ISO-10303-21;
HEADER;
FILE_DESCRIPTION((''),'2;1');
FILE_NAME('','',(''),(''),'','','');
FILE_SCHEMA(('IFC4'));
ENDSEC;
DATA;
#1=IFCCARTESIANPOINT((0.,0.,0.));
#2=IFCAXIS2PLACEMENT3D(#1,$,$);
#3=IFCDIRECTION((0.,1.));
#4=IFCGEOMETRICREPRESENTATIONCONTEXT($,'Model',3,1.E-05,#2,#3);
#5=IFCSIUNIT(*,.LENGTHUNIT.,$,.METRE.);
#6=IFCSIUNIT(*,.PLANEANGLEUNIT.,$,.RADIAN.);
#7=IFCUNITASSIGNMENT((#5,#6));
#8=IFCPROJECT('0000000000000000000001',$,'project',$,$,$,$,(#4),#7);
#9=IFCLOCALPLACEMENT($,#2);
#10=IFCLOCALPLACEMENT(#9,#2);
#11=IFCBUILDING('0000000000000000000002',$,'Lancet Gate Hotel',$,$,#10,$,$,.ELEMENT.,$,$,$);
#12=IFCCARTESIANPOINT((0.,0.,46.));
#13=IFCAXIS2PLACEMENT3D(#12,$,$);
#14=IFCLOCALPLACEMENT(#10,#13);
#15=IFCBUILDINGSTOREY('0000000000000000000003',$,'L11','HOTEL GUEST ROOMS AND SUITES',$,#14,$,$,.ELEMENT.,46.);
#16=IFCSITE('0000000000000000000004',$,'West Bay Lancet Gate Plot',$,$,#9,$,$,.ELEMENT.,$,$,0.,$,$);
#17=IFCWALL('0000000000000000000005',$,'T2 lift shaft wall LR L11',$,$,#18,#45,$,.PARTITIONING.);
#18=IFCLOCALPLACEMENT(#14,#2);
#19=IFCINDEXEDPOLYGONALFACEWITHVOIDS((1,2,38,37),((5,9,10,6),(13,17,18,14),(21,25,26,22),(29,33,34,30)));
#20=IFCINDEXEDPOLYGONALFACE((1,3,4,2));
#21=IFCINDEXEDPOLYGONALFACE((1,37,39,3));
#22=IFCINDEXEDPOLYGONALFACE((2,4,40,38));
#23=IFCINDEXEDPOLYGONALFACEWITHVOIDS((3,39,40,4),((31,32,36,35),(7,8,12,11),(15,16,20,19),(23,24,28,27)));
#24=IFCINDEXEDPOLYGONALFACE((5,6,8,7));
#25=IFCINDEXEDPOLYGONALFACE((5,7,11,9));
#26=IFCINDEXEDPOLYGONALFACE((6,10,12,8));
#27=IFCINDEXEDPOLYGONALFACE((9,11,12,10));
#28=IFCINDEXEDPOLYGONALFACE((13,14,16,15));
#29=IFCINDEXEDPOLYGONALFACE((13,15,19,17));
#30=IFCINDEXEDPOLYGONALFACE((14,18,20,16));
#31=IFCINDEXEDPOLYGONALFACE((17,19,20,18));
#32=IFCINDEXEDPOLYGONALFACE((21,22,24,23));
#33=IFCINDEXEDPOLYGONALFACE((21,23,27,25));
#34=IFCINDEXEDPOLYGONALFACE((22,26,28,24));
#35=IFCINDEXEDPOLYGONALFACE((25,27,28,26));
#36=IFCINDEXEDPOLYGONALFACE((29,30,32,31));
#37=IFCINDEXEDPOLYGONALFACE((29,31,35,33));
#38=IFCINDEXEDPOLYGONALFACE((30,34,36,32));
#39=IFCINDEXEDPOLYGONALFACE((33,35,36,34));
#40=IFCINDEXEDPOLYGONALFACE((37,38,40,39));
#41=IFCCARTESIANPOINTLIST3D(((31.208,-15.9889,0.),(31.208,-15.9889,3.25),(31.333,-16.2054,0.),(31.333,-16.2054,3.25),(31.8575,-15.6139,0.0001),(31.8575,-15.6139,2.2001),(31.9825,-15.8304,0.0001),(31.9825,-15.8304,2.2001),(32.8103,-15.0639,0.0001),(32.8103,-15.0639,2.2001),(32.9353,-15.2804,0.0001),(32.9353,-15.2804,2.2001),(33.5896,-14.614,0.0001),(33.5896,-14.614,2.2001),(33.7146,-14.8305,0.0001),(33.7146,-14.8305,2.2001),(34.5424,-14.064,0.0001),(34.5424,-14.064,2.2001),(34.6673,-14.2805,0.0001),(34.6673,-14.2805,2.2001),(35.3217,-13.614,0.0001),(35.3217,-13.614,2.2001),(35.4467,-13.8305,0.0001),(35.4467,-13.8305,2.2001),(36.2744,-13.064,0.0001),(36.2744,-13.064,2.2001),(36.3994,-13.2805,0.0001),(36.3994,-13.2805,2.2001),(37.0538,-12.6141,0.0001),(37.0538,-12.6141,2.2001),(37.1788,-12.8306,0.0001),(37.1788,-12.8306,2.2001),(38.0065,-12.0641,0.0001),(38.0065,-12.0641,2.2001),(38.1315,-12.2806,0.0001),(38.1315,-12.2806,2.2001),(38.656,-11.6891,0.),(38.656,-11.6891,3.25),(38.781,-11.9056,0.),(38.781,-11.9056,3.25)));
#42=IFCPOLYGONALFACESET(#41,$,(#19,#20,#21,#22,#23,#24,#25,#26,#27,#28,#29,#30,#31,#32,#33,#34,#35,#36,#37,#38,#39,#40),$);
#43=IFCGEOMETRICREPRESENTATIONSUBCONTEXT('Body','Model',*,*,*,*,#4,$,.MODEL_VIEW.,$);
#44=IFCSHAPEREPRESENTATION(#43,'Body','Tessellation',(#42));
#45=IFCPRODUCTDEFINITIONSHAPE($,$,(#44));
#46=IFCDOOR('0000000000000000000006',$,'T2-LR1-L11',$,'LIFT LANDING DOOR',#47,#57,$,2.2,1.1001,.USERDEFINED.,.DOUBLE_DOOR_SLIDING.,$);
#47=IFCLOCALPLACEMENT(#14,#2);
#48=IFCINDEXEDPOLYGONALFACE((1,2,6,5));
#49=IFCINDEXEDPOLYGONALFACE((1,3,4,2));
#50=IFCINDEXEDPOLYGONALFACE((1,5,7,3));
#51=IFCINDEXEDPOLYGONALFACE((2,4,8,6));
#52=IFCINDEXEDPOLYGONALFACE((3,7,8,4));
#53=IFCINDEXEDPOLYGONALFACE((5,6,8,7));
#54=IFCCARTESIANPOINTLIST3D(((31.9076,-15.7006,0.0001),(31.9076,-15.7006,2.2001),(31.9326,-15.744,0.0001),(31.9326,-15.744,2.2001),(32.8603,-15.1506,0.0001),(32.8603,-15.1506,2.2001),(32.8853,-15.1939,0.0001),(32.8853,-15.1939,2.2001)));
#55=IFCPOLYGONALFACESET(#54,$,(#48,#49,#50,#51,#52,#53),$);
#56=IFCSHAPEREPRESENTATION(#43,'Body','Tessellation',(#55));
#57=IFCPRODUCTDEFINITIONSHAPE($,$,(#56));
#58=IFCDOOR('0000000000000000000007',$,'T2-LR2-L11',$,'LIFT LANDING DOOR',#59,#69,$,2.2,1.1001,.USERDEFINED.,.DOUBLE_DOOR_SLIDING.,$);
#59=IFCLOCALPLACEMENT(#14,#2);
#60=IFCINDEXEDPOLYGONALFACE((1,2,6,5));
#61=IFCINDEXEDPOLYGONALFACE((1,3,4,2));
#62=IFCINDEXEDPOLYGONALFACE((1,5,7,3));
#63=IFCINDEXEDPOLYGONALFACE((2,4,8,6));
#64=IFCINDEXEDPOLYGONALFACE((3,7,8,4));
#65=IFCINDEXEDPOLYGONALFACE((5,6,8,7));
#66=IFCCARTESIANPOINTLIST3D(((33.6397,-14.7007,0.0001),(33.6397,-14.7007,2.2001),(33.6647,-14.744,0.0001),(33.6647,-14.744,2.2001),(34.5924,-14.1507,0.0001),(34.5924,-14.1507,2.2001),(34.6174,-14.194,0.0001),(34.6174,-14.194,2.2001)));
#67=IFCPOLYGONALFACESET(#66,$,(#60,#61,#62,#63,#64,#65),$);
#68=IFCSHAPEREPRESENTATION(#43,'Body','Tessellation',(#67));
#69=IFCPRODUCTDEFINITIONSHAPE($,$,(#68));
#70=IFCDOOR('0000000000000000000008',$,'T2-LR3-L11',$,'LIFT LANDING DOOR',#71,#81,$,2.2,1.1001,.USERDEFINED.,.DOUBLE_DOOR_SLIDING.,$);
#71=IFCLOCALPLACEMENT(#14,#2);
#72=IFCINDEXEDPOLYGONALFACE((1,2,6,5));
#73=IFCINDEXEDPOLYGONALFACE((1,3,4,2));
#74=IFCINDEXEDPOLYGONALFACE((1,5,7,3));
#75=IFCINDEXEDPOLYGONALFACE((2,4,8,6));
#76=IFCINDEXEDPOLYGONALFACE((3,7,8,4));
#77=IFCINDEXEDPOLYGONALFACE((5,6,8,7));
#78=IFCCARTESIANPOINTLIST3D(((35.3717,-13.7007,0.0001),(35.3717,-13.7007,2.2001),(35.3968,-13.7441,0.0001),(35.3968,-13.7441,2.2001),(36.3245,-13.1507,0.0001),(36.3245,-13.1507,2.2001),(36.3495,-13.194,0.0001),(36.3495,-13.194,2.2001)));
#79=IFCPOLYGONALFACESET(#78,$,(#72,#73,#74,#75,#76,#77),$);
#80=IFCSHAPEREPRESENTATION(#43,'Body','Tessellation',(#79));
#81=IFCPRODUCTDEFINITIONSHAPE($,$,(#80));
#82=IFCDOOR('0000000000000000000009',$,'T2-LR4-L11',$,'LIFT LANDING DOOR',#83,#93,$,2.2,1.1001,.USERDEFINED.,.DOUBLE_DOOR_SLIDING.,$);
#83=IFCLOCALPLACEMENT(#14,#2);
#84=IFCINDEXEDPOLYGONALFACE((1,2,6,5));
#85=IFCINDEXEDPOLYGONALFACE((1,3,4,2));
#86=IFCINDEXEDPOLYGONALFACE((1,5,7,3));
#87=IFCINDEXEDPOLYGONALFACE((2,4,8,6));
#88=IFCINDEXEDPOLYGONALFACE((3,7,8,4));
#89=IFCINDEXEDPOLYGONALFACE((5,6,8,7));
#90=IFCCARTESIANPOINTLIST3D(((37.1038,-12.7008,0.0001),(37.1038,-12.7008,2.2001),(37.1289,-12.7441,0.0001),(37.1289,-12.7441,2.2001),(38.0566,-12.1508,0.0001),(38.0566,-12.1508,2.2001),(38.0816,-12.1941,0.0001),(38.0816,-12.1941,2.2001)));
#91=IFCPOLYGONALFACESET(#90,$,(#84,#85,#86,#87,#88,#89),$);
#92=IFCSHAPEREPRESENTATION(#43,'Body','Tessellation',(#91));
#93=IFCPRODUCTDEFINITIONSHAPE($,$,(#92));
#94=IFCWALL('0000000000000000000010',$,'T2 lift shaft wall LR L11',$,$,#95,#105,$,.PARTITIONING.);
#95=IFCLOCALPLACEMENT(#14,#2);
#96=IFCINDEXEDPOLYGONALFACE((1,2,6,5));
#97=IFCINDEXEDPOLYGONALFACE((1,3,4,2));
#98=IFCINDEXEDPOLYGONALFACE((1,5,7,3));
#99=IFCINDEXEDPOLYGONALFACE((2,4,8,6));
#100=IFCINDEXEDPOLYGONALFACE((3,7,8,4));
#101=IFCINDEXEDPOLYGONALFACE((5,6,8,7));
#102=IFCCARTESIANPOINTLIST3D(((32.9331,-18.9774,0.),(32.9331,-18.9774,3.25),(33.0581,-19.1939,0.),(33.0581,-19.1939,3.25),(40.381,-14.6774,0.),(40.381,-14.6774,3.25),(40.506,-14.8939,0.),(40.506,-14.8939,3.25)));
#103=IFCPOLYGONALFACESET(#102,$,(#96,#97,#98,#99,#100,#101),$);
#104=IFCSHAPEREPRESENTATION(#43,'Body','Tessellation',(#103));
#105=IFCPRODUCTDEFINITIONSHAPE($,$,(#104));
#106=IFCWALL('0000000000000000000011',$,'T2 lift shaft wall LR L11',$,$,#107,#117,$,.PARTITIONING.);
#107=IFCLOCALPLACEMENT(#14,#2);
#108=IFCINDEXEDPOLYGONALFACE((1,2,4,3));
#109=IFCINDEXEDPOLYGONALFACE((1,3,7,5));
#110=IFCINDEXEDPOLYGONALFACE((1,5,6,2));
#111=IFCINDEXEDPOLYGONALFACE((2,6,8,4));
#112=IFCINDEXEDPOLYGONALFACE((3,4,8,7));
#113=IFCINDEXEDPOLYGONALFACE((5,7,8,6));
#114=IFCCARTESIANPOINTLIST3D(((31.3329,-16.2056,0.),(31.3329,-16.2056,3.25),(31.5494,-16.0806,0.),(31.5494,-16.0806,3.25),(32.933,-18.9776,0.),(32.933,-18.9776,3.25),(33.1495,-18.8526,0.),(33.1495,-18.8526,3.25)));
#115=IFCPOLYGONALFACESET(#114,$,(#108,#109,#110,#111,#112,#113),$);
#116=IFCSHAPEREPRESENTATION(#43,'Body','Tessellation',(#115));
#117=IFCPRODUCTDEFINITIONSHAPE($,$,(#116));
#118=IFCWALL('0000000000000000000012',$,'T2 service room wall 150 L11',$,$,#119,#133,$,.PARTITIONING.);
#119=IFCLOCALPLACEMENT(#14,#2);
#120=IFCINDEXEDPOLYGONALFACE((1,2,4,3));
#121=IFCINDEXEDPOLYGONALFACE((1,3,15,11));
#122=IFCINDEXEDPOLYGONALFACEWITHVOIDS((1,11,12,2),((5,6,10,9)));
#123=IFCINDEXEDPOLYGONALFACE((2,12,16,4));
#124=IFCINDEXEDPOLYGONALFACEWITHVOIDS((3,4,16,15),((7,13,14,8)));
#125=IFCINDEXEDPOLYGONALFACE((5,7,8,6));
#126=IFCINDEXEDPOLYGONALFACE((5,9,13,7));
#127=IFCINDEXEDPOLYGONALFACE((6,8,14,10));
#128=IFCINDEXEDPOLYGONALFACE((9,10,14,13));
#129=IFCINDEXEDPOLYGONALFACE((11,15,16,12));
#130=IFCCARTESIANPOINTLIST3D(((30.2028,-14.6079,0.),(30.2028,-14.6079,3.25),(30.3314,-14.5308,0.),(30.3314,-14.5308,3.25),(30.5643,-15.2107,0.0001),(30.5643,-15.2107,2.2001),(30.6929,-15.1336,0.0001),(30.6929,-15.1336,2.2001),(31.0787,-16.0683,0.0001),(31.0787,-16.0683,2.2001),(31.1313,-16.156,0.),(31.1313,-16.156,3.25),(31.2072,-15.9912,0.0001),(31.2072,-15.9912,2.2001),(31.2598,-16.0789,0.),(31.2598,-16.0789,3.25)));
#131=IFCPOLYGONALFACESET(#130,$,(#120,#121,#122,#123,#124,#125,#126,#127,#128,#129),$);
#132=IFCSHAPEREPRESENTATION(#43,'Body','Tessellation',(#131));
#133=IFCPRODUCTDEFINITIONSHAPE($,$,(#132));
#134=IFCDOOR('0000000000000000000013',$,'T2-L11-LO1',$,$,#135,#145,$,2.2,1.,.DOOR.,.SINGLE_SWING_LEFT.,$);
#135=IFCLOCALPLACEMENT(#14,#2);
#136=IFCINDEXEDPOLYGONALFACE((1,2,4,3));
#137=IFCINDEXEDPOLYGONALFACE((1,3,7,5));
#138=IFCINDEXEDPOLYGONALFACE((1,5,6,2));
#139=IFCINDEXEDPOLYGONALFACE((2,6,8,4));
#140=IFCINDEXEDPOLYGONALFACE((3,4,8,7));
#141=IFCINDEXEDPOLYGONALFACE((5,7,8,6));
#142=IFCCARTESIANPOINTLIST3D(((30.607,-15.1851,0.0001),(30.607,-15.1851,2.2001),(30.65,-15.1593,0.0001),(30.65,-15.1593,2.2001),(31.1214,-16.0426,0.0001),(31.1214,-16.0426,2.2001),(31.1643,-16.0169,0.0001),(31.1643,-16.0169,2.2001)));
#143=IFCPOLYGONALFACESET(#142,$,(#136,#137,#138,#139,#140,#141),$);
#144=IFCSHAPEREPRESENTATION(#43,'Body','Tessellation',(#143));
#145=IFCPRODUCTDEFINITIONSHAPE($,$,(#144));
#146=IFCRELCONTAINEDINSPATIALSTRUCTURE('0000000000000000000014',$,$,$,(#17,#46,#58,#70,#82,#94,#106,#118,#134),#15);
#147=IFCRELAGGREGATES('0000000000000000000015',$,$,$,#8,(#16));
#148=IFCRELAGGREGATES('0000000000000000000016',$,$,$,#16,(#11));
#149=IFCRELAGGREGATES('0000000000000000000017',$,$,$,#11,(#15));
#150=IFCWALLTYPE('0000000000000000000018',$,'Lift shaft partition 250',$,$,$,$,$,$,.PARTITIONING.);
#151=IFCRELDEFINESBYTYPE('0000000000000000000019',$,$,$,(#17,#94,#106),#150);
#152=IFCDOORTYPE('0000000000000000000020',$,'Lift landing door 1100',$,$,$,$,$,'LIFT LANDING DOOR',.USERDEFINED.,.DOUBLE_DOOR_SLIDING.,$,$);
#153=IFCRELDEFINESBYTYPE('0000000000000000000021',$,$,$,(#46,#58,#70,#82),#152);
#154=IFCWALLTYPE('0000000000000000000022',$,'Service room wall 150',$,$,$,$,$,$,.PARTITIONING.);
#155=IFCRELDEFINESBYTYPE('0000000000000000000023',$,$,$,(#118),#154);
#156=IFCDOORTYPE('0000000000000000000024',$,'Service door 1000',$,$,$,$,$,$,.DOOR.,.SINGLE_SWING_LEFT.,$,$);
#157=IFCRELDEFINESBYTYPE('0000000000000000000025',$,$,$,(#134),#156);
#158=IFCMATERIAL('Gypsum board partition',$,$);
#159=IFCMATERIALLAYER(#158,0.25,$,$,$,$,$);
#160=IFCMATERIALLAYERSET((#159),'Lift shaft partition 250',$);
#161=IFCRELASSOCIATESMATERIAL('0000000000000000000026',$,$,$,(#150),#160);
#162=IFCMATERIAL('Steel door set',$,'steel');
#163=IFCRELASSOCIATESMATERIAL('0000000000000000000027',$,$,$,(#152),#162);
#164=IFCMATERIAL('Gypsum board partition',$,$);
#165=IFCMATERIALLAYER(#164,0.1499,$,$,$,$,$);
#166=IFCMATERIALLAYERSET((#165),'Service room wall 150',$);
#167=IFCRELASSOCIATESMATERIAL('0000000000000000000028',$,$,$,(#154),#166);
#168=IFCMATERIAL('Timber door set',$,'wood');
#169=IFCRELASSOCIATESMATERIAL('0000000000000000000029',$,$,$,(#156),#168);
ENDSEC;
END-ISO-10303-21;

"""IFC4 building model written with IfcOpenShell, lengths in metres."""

from ifc_helpers import new_model, si_unit, direction, frame, frame_2d, origin, place, context, subcontext, project, spatial, rectangle, extrude, material, layer, layer_set, type_object, element, fill, save


model = new_model("IFC4")

# Units and contexts
model_context = context("Model", 3, precision=1e-05, world=origin(), true_north=direction((0.0, 1.0)))
body_context = subcontext(model_context, "Body", "Model", "MODEL_VIEW")
ifc_project = project(units=[si_unit("LENGTHUNIT", "METRE"), si_unit("PLANEANGLEUNIT", "RADIAN")], contexts=[model_context])

# Site, building, storey
site_placement = place(None, origin())
site = spatial("IfcSite", under=ifc_project, at=site_placement, Name="West Bay Lancet Gate Plot", CompositionType="ELEMENT", RefElevation=0.0)
building_placement = place(site_placement, origin())
building = spatial("IfcBuilding", under=site, at=building_placement, Name="Lancet Gate Hotel", CompositionType="ELEMENT")
storey_placement = place(building_placement, frame((0.0, 0.0, 46.0)))
storey = spatial("IfcBuildingStorey", under=building, at=storey_placement, Name="L11", Description="HOTEL GUEST ROOMS AND SUITES", CompositionType="ELEMENT", Elevation=46.0)

# Wall, openings, doors
ifc_material_1 = material(Name="Gypsum board partition")
ifc_layer_1 = layer(ifc_material_1, 0.25)
ifc_layer_set_1 = layer_set([ifc_layer_1], Name="Lift shaft partition 250")
wall_type_1 = type_object("IfcWallType", Name="Lift shaft partition 250", PredefinedType="PARTITIONING", material=ifc_layer_set_1)
wall_1_placement = place(storey_placement, frame((31.2705, -16.0972, 0.0), z_axis=(0.0, 0.0, 1.0), x_axis=(0.86604, 0.499974, 0.0)))
wall_1 = element("IfcWall", 1, at=wall_1_placement, inside=storey, type_object=wall_type_1, Name="T2 lift shaft wall LR L11", PredefinedType="PARTITIONING", context=body_context, shape_type="SweptSolid", body=[
    extrude(rectangle(XDim=8.6001, YDim=0.25, at=frame_2d((4.3, 0.0))), origin(), (0.0, 0.0, 1.0), 3.25),
])
opening_1_placement = place(wall_1_placement, frame((0.75, 0.0, 0.0)))
opening_1 = element("IfcOpeningElement", 2, at=opening_1_placement, cuts=wall_1, PredefinedType="OPENING", context=body_context, shape_type="SweptSolid", body=[
    extrude(rectangle(XDim=1.1001, YDim=2.2, at=frame_2d((0.55, 1.1001))), frame((0.0, 0.135, 0.0), z_axis=(0.0, -1.0, 0.0), x_axis=(1.0, 0.0, 0.0)), (0.0, 0.0, 1.0), 0.27),
])
opening_2_placement = place(wall_1_placement, frame((2.75, 0.0, 0.0)))
opening_2 = element("IfcOpeningElement", 3, at=opening_2_placement, cuts=wall_1, PredefinedType="OPENING", context=body_context, shape_type="SweptSolid", body=[
    extrude(rectangle(XDim=1.1001, YDim=2.2, at=frame_2d((0.55, 1.1001))), frame((0.0, 0.135, 0.0), z_axis=(0.0, -1.0, 0.0), x_axis=(1.0, 0.0, 0.0)), (0.0, 0.0, 1.0), 0.27),
])
opening_3_placement = place(wall_1_placement, frame((4.75, 0.0, 0.0)))
opening_3 = element("IfcOpeningElement", 4, at=opening_3_placement, cuts=wall_1, PredefinedType="OPENING", context=body_context, shape_type="SweptSolid", body=[
    extrude(rectangle(XDim=1.1001, YDim=2.2, at=frame_2d((0.55, 1.1001))), frame((0.0, 0.135, 0.0), z_axis=(0.0, -1.0, 0.0), x_axis=(1.0, 0.0, 0.0)), (0.0, 0.0, 1.0), 0.27),
])
opening_4_placement = place(wall_1_placement, frame((6.75, 0.0, 0.0)))
opening_4 = element("IfcOpeningElement", 5, at=opening_4_placement, cuts=wall_1, PredefinedType="OPENING", context=body_context, shape_type="SweptSolid", body=[
    extrude(rectangle(XDim=1.1001, YDim=2.2, at=frame_2d((0.55, 1.1001))), frame((0.0, 0.135, 0.0), z_axis=(0.0, -1.0, 0.0), x_axis=(1.0, 0.0, 0.0)), (0.0, 0.0, 1.0), 0.27),
])
ifc_material_2 = material(Name="Steel door set", Category="steel")
door_type_1 = type_object("IfcDoorType", Name="Lift landing door 1100", ElementType="LIFT LANDING DOOR", OperationType="DOUBLE_DOOR_SLIDING", PredefinedType="USERDEFINED", material=ifc_material_2)
door_1_placement = place(opening_1_placement, origin())
door_1 = element("IfcDoor", 6, at=door_1_placement, inside=storey, type_object=door_type_1, Name="T2-LR1-L11", ObjectType="LIFT LANDING DOOR", OperationType="DOUBLE_DOOR_SLIDING", OverallHeight=2.2, OverallWidth=1.1001, PredefinedType="USERDEFINED", context=body_context, shape_type="SweptSolid", body=[
    extrude(rectangle(XDim=1.1001, YDim=2.2, at=frame_2d((0.55, 1.1001))), frame((0.0, 0.0249, 0.0), z_axis=(0.0, -1.0, 0.0), x_axis=(1.0, 0.0, 0.0)), (0.0, 0.0, 1.0), 0.05),
])
fill(opening_1, door_1)
door_2_placement = place(opening_2_placement, origin())
door_2 = element("IfcDoor", 7, at=door_2_placement, inside=storey, type_object=door_type_1, Name="T2-LR2-L11", ObjectType="LIFT LANDING DOOR", OperationType="DOUBLE_DOOR_SLIDING", OverallHeight=2.2, OverallWidth=1.1001, PredefinedType="USERDEFINED", context=body_context, shape_type="SweptSolid", body=[
    extrude(rectangle(XDim=1.1001, YDim=2.2, at=frame_2d((0.55, 1.1001))), frame((0.0, 0.0249, 0.0), z_axis=(0.0, -1.0, 0.0), x_axis=(1.0, 0.0, 0.0)), (0.0, 0.0, 1.0), 0.05),
])
fill(opening_2, door_2)
door_3_placement = place(opening_3_placement, origin())
door_3 = element("IfcDoor", 8, at=door_3_placement, inside=storey, type_object=door_type_1, Name="T2-LR3-L11", ObjectType="LIFT LANDING DOOR", OperationType="DOUBLE_DOOR_SLIDING", OverallHeight=2.2, OverallWidth=1.1001, PredefinedType="USERDEFINED", context=body_context, shape_type="SweptSolid", body=[
    extrude(rectangle(XDim=1.1001, YDim=2.2, at=frame_2d((0.55, 1.1001))), frame((0.0, 0.0249, 0.0), z_axis=(0.0, -1.0, 0.0), x_axis=(1.0, 0.0, 0.0)), (0.0, 0.0, 1.0), 0.05),
])
fill(opening_3, door_3)
door_4_placement = place(opening_4_placement, origin())
door_4 = element("IfcDoor", 9, at=door_4_placement, inside=storey, type_object=door_type_1, Name="T2-LR4-L11", ObjectType="LIFT LANDING DOOR", OperationType="DOUBLE_DOOR_SLIDING", OverallHeight=2.2, OverallWidth=1.1001, PredefinedType="USERDEFINED", context=body_context, shape_type="SweptSolid", body=[
    extrude(rectangle(XDim=1.1001, YDim=2.2, at=frame_2d((0.55, 1.1001))), frame((0.0, 0.0249, 0.0), z_axis=(0.0, -1.0, 0.0), x_axis=(1.0, 0.0, 0.0)), (0.0, 0.0, 1.0), 0.05),
])
fill(opening_4, door_4)

# Walls
wall_2_placement = place(storey_placement, frame((32.9956, -19.0857, 0.0), z_axis=(0.0, 0.0, 1.0), x_axis=(0.866028, 0.499995, 0.0)))
element("IfcWall", 10, at=wall_2_placement, inside=storey, type_object=wall_type_1, Name="T2 lift shaft wall LR L11", PredefinedType="PARTITIONING", context=body_context, shape_type="SweptSolid", body=[
    extrude(rectangle(XDim=8.6001, YDim=0.25, at=frame_2d((4.3, 0.0))), origin(), (0.0, 0.0, 1.0), 3.25),
])
wall_3_placement = place(storey_placement, frame((31.4412, -16.1431, 0.0), z_axis=(0.0, 0.0, 1.0), x_axis=(0.499929, -0.866066, 0.0)))
element("IfcWall", 11, at=wall_3_placement, inside=storey, type_object=wall_type_1, Name="T2 lift shaft wall LR L11", PredefinedType="PARTITIONING", context=body_context, shape_type="SweptSolid", body=[
    extrude(rectangle(XDim=3.2007, YDim=0.25, at=frame_2d((1.6003, 0.0))), origin(), (0.0, 0.0, 1.0), 3.25),
])

# Wall, opening, door
ifc_material_3 = material(Name="Gypsum board partition")
ifc_layer_2 = layer(ifc_material_3, 0.1499)
ifc_layer_set_2 = layer_set([ifc_layer_2], Name="Service room wall 150")
wall_type_2 = type_object("IfcWallType", Name="Service room wall 150", PredefinedType="PARTITIONING", material=ifc_layer_set_2)
wall_4_placement = place(storey_placement, frame((30.2671, -14.5693, 0.0), z_axis=(0.0, 0.0, 1.0), x_axis=(0.514337, -0.857588, 0.0)))
wall_4 = element("IfcWall", 12, at=wall_4_placement, inside=storey, type_object=wall_type_2, Name="T2 service room wall 150 L11", PredefinedType="PARTITIONING", context=body_context, shape_type="SweptSolid", body=[
    extrude(rectangle(XDim=1.8052, YDim=0.1499, at=frame_2d((0.9026, 0.0))), origin(), (0.0, 0.0, 1.0), 3.25),
])
opening_5_placement = place(wall_4_placement, frame((0.7029, 0.0, 0.0)))
opening_5 = element("IfcOpeningElement", 13, at=opening_5_placement, cuts=wall_4, PredefinedType="OPENING", context=body_context, shape_type="SweptSolid", body=[
    extrude(rectangle(XDim=1.0, YDim=2.2, at=frame_2d((0.5, 1.1001))), frame((0.0, 0.085, 0.0), z_axis=(0.0, -1.0, 0.0), x_axis=(1.0, 0.0, 0.0)), (0.0, 0.0, 1.0), 0.1699),
])
ifc_material_4 = material(Name="Timber door set", Category="wood")
door_type_2 = type_object("IfcDoorType", Name="Service door 1000", OperationType="SINGLE_SWING_LEFT", PredefinedType="DOOR", material=ifc_material_4)
door_5_placement = place(opening_5_placement, origin())
door_5 = element("IfcDoor", 14, at=door_5_placement, inside=storey, type_object=door_type_2, Name="T2-L11-LO1", OperationType="SINGLE_SWING_LEFT", OverallHeight=2.2, OverallWidth=1.0, PredefinedType="DOOR", context=body_context, shape_type="SweptSolid", body=[
    extrude(rectangle(XDim=1.0, YDim=2.2, at=frame_2d((0.5, 1.1001))), frame((0.0, 0.0249, 0.0), z_axis=(0.0, -1.0, 0.0), x_axis=(1.0, 0.0, 0.0)), (0.0, 0.0, 1.0), 0.05),
])
fill(opening_5, door_5)

save(model, "model.ifc")
